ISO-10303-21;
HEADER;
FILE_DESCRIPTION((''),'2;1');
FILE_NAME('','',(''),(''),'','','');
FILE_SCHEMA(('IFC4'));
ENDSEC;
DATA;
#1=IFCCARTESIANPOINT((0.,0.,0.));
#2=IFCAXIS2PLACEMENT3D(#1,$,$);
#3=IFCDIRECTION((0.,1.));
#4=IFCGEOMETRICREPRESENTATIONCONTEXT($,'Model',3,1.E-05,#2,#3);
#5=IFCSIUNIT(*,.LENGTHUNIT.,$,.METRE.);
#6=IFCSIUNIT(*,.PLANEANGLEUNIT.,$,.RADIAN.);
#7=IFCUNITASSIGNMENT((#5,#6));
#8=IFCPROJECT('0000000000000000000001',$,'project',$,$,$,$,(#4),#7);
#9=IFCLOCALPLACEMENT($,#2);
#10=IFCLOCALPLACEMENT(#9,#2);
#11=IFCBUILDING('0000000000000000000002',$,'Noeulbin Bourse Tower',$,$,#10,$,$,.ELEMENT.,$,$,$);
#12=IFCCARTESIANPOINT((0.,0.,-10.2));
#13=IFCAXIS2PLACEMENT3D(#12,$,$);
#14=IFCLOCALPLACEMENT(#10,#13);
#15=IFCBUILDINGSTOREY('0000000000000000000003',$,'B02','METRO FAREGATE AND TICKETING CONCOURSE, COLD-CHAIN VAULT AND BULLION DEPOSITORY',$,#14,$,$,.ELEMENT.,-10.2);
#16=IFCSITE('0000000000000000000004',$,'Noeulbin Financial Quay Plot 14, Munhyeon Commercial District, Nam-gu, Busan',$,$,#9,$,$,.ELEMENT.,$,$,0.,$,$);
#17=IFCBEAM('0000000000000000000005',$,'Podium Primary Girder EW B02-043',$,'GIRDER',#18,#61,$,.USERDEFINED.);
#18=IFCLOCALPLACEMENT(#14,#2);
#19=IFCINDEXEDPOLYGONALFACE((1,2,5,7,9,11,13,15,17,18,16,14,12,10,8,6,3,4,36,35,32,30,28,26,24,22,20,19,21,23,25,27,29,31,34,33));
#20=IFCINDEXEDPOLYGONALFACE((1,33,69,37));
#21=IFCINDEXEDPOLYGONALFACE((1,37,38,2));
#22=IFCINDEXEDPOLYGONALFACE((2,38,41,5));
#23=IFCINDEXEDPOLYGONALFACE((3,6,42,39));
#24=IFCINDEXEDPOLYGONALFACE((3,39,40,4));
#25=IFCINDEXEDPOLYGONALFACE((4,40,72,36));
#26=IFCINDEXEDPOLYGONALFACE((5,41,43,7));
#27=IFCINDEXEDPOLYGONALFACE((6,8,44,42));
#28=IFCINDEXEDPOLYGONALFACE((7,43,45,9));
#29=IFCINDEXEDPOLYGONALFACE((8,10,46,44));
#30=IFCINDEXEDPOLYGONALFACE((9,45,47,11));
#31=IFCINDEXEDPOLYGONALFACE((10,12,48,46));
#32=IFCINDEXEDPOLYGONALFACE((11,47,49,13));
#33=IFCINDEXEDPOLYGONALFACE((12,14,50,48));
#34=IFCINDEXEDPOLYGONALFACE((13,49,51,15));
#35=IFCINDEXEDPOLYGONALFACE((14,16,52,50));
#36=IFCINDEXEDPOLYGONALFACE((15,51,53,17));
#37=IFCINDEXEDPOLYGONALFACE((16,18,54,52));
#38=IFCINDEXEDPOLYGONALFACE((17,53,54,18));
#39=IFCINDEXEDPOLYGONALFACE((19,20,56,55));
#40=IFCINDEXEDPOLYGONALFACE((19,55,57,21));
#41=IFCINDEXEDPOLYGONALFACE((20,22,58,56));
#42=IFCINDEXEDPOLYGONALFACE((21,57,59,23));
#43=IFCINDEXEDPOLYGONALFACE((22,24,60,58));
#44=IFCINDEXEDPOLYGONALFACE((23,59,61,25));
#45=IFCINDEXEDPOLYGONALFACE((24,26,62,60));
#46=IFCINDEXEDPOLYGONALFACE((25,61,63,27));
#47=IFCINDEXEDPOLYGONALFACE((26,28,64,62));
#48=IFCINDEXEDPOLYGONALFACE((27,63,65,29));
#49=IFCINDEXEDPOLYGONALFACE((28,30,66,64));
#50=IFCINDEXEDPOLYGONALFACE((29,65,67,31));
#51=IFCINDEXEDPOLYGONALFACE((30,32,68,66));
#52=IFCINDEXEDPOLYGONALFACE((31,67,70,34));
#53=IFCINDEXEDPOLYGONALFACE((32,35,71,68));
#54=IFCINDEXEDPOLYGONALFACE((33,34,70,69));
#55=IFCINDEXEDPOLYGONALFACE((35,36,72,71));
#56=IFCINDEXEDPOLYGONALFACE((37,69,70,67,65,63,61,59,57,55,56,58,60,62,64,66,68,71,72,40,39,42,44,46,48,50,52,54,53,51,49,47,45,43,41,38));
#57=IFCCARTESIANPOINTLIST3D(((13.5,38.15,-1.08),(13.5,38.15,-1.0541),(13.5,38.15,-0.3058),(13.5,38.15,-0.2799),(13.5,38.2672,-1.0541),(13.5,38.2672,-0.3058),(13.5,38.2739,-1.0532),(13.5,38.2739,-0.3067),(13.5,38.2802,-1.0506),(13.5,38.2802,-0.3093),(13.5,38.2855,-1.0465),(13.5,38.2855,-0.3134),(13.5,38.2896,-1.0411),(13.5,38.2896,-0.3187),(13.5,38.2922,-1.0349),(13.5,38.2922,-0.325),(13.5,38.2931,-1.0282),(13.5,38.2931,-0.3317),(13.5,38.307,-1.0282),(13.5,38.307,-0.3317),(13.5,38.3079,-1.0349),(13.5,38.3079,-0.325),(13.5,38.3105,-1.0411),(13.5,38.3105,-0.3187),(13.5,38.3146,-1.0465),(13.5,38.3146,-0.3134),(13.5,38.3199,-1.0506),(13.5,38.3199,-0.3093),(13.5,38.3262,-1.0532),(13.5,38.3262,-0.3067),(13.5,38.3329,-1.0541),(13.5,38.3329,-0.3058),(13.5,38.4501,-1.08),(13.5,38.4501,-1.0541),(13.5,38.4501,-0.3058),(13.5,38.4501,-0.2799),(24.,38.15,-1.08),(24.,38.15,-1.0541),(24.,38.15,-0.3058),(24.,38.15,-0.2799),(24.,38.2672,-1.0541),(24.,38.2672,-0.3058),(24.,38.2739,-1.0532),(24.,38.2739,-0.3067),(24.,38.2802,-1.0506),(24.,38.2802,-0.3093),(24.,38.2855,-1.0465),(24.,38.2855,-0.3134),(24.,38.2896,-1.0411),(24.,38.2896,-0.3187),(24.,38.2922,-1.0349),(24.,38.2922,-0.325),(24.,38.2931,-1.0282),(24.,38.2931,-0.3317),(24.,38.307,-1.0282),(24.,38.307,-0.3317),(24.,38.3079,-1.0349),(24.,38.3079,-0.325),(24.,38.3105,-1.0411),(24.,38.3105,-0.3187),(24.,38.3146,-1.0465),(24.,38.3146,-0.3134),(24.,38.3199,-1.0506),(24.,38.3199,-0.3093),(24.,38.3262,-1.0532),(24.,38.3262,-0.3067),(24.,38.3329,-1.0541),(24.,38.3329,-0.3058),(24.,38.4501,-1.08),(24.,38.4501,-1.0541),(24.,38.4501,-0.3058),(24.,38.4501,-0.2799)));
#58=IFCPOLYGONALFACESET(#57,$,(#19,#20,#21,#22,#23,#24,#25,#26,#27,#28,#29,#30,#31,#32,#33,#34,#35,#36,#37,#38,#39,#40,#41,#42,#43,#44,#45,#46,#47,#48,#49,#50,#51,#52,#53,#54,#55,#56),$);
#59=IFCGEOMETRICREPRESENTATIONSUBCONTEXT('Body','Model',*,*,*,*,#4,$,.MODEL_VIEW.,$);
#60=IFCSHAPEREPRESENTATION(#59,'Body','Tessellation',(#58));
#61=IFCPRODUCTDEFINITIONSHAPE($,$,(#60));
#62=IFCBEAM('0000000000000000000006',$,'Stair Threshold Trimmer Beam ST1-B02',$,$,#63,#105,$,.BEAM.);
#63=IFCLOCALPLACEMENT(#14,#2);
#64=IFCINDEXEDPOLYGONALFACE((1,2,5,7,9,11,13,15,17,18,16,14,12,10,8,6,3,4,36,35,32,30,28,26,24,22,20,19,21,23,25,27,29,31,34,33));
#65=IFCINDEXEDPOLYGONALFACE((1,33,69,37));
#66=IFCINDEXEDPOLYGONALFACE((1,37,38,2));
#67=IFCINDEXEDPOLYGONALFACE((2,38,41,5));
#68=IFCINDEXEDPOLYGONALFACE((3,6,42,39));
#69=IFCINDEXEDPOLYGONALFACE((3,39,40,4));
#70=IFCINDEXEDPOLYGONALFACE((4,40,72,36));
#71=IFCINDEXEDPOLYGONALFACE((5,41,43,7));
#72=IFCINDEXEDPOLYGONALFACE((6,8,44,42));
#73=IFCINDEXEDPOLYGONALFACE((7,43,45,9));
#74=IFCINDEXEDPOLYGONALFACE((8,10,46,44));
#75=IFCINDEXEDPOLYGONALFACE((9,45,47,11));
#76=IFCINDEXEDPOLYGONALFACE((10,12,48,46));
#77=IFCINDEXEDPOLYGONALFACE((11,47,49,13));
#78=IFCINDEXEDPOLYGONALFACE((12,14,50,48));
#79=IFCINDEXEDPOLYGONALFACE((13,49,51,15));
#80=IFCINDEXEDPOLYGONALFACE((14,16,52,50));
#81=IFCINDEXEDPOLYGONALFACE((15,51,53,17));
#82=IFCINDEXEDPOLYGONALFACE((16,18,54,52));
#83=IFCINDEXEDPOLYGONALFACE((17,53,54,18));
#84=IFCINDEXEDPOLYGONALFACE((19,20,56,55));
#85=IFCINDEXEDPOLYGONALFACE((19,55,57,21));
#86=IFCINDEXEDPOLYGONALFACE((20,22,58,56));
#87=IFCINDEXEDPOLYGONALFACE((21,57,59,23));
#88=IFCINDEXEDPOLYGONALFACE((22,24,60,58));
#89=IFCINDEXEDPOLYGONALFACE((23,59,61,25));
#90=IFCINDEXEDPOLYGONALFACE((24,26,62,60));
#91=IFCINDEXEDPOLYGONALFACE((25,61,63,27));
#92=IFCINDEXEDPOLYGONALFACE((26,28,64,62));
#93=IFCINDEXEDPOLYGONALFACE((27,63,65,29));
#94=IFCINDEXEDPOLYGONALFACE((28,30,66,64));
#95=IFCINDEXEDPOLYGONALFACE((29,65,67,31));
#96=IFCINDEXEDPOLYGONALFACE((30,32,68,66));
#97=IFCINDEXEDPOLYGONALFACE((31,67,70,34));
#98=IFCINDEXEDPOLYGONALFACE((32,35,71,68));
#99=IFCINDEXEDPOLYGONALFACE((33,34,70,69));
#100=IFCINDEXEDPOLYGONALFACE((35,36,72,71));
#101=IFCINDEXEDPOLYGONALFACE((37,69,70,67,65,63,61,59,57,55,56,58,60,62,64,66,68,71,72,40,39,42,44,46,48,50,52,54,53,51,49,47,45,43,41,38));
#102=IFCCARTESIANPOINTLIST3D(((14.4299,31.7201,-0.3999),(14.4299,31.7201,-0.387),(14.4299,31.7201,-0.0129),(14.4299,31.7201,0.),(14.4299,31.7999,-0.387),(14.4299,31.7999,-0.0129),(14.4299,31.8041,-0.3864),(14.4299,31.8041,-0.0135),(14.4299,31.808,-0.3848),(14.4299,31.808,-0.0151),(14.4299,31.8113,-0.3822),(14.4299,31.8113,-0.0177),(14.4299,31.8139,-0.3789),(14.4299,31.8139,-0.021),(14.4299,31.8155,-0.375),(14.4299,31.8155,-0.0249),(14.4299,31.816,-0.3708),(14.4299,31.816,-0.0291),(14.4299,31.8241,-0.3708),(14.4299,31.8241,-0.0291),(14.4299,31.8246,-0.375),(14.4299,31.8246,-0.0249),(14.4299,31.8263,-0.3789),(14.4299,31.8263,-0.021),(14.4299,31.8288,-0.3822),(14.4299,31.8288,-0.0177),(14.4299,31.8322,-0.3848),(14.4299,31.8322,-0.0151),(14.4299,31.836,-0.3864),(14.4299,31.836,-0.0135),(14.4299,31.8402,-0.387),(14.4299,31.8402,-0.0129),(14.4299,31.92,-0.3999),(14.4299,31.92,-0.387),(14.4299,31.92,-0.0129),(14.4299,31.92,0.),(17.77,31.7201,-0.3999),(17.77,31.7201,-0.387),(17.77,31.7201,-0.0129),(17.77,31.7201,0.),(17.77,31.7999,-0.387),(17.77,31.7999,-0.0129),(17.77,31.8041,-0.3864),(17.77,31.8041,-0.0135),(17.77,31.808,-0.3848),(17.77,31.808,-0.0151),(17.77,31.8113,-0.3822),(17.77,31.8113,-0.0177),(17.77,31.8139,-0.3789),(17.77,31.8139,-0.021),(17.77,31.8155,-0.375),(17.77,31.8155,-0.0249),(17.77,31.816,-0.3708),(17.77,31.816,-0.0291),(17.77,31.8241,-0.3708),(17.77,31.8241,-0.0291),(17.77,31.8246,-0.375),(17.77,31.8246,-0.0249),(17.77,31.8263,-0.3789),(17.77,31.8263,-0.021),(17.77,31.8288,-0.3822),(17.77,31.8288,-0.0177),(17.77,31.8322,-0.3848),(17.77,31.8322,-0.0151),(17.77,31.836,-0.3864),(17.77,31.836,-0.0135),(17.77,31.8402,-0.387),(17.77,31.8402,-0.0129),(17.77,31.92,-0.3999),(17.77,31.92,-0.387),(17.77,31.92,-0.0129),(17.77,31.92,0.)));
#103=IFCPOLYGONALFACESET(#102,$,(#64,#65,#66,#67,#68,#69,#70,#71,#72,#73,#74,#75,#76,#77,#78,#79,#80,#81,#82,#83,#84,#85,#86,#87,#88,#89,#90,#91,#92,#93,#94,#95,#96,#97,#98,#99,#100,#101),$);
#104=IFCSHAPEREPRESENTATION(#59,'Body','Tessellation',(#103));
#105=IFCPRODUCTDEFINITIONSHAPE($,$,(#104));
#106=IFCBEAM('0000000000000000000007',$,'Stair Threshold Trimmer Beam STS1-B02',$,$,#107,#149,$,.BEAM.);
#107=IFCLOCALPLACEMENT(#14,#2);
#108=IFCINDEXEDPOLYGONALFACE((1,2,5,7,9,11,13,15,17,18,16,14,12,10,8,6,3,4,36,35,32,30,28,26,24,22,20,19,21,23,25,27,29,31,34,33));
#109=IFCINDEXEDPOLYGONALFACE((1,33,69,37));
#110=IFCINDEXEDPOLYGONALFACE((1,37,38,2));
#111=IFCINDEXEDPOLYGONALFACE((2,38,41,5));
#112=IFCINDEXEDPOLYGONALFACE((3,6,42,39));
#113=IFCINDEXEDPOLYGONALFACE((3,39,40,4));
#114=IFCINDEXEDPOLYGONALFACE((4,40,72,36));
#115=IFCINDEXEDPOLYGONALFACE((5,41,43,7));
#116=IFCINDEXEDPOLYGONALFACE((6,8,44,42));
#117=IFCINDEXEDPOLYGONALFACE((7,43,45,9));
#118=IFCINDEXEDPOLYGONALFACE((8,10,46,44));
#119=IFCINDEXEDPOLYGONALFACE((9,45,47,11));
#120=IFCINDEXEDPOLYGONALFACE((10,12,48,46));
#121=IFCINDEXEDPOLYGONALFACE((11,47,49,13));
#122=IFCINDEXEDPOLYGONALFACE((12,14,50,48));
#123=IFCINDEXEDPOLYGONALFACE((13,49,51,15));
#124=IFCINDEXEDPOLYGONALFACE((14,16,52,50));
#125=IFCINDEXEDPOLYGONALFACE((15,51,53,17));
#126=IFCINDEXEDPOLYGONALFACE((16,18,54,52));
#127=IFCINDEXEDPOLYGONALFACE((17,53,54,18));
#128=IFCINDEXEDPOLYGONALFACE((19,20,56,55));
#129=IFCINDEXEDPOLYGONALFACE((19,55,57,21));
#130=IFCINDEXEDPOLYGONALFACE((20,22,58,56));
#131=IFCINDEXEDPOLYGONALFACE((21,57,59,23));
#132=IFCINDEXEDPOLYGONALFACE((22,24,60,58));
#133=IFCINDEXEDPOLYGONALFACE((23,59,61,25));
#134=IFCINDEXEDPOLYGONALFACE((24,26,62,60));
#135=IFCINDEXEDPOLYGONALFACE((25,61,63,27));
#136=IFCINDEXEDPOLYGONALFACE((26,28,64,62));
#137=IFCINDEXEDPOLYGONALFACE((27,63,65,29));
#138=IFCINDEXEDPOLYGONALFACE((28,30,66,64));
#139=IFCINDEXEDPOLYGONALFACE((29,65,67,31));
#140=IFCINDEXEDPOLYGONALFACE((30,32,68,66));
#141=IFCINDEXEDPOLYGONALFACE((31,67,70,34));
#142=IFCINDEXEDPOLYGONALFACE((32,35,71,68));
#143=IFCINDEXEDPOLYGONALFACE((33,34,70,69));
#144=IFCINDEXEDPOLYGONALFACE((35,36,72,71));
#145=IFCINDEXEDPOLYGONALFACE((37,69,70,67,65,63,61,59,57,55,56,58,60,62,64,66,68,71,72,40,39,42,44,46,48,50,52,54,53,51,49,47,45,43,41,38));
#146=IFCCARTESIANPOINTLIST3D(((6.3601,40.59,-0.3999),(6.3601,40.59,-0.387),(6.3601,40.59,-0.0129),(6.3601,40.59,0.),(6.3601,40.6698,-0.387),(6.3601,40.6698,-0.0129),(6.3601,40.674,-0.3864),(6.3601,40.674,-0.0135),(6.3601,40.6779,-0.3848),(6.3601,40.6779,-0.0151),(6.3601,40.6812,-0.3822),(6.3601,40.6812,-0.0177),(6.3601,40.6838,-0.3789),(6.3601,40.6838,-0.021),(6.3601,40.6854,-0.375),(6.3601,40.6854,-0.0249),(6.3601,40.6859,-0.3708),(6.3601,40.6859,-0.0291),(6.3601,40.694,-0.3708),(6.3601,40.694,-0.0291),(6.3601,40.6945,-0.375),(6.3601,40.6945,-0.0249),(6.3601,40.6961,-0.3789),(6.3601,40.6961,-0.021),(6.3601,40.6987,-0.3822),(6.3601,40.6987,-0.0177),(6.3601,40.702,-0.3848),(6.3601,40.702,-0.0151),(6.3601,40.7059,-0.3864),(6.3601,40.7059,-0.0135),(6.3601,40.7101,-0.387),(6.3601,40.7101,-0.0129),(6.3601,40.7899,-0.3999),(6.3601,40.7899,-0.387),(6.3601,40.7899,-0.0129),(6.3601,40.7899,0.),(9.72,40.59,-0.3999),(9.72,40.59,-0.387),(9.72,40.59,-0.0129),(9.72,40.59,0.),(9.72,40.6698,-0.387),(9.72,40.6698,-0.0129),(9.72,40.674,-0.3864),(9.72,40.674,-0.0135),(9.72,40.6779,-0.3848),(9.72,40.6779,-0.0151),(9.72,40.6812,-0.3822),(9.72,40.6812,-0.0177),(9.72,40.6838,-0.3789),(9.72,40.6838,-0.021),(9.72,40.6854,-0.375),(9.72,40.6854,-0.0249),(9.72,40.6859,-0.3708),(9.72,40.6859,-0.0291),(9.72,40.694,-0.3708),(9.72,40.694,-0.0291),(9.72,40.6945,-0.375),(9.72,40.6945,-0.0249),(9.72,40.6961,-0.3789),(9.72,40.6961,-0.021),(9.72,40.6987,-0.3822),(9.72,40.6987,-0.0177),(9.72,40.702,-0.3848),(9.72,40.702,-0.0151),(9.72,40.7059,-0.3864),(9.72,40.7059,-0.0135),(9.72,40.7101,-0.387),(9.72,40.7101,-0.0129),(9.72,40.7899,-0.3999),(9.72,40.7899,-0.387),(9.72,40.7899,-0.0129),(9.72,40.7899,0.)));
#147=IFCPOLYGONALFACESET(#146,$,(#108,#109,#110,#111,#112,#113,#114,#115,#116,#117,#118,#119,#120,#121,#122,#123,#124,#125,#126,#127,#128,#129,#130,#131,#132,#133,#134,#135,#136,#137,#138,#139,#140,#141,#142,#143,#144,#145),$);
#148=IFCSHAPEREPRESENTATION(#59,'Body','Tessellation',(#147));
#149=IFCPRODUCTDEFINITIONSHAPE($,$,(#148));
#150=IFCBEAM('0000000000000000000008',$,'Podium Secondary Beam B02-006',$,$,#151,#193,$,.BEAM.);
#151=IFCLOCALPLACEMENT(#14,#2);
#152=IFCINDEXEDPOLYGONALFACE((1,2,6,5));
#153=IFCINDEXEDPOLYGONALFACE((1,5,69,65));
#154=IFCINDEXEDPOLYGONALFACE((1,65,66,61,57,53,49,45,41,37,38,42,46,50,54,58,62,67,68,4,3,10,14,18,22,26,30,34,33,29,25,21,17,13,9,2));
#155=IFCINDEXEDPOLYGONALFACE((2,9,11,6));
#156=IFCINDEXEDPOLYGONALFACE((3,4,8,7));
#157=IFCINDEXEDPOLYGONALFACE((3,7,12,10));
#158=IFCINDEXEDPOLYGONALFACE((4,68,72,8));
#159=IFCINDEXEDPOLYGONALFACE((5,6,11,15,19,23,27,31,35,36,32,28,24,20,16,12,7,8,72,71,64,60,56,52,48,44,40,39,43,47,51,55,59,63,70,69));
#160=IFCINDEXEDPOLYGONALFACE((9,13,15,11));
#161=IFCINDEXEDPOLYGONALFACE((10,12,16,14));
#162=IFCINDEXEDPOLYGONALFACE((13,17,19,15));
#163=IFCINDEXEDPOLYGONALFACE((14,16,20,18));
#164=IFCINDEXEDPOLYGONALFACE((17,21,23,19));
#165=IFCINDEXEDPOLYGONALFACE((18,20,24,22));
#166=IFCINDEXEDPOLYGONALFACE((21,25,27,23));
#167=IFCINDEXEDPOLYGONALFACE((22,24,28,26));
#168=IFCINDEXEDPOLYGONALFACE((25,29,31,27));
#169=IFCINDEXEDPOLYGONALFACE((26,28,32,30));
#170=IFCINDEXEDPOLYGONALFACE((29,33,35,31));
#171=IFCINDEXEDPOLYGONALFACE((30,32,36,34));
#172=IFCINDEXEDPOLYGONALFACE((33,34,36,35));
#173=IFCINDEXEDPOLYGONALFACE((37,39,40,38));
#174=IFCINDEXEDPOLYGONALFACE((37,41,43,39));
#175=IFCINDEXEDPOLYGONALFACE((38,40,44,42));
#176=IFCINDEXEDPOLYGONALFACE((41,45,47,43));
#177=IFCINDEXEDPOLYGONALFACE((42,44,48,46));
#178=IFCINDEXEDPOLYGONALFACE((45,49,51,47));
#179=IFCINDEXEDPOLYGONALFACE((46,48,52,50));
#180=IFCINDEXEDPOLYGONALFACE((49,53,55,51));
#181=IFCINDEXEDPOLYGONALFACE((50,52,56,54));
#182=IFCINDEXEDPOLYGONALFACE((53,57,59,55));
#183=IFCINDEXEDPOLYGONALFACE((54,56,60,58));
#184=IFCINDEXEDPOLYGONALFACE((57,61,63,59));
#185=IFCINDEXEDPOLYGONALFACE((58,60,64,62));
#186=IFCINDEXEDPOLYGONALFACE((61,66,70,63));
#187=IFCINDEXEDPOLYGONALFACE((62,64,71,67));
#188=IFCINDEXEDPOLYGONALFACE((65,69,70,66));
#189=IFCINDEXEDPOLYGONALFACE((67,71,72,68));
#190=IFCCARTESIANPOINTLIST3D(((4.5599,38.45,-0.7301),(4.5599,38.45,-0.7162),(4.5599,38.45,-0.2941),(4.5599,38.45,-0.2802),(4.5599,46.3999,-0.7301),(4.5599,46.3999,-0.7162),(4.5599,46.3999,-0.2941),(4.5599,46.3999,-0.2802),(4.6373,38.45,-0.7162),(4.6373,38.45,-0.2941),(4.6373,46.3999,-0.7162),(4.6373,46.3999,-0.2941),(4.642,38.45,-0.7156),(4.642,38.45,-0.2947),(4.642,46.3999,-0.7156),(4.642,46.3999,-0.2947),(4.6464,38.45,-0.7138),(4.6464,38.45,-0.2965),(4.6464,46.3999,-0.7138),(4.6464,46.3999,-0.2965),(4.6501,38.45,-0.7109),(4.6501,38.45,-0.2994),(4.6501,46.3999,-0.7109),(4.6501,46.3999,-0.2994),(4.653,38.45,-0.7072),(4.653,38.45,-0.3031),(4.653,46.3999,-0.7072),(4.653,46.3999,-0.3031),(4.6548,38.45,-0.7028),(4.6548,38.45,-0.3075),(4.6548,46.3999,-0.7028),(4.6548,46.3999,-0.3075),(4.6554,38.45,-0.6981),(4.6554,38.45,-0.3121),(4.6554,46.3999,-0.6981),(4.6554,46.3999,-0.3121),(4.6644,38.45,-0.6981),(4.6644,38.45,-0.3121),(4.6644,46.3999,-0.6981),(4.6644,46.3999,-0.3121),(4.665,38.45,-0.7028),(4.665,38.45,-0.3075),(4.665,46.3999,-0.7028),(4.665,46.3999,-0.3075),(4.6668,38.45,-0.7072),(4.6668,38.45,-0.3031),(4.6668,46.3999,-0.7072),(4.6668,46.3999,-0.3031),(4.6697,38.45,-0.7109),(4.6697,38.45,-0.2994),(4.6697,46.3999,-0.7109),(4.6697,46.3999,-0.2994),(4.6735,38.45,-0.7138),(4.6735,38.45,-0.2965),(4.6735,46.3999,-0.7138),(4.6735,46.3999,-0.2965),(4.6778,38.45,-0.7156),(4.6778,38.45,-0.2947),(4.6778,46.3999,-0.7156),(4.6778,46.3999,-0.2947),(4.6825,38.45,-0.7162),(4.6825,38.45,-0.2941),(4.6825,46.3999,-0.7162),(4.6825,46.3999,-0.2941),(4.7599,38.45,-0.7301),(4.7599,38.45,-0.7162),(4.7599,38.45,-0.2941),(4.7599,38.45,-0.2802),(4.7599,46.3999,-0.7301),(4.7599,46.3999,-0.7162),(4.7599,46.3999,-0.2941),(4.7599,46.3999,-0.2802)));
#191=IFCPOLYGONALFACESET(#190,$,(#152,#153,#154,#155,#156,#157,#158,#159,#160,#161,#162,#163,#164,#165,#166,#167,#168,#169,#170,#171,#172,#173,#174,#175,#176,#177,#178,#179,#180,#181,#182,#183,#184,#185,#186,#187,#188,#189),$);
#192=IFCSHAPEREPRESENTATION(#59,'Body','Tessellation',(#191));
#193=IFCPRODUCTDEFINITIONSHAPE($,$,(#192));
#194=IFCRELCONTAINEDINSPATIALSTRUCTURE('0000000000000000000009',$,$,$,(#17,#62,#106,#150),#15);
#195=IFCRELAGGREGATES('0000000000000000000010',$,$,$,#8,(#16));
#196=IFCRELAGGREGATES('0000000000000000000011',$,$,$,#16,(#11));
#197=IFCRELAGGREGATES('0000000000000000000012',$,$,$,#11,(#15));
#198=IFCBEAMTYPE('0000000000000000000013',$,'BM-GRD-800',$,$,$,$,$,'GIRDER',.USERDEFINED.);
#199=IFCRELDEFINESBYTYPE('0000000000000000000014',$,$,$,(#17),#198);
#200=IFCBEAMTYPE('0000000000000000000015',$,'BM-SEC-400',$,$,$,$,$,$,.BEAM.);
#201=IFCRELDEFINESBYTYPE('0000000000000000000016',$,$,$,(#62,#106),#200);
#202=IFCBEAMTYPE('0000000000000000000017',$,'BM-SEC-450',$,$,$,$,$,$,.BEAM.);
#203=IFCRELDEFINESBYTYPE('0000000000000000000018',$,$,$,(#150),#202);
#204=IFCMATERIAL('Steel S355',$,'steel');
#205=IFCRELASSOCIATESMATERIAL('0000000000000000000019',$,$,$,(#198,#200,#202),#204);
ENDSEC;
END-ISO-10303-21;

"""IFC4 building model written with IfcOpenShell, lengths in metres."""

from ifc_helpers import new_model, si_unit, direction, frame, origin, origin_2d, place, context, subcontext, project, spatial, i_section, extrude, material, material_profile, profile_set, type_object, element, save


model = new_model("IFC4")

# Units and contexts
model_context = context("Model", 3, precision=1e-05, world=origin(), true_north=direction((0.0, 1.0)))
body_context = subcontext(model_context, "Body", "Model", "MODEL_VIEW")
ifc_project = project(units=[si_unit("LENGTHUNIT", "METRE"), si_unit("PLANEANGLEUNIT", "RADIAN")], contexts=[model_context])

# Site, building, storey
site_placement = place(None, origin())
site = spatial("IfcSite", under=ifc_project, at=site_placement, Name="Noeulbin Financial Quay Plot 14, Munhyeon Commercial District, Nam-gu, Busan", CompositionType="ELEMENT", RefElevation=0.0)
building_placement = place(site_placement, origin())
building = spatial("IfcBuilding", under=site, at=building_placement, Name="Noeulbin Bourse Tower", CompositionType="ELEMENT")
storey_placement = place(building_placement, frame((0.0, 0.0, -10.2)))
storey = spatial("IfcBuildingStorey", under=building, at=storey_placement, Name="B02", Description="METRO FAREGATE AND TICKETING CONCOURSE, COLD-CHAIN VAULT AND BULLION DEPOSITORY", CompositionType="ELEMENT", Elevation=-10.2)

# Beams
ifc_material_1 = material(Name="Steel S355", Category="steel")
ifc_material_profile_1 = material_profile(ifc_material_1, i_section(OverallWidth=0.3, OverallDepth=0.8, WebThickness=0.0139, FlangeThickness=0.0259, FilletRadius=0.0259, at=origin_2d()), Name="H-800x300x14x26", Category="LoadBearing")
ifc_profile_set_1 = profile_set([ifc_material_profile_1], Name="Steel S355")
beam_type_1 = type_object("IfcBeamType", Name="BM-GRD-800", ElementType="GIRDER", PredefinedType="USERDEFINED", material=ifc_profile_set_1)
beam_1_placement = place(storey_placement, frame((13.5, 38.3, -0.6799), z_axis=(1.0, 0.0, 0.0), x_axis=(0.0, 1.0, 0.0)))
element("IfcBeam", 1, at=beam_1_placement, inside=storey, type_object=beam_type_1, Name="Podium Primary Girder EW B02-043", ObjectType="GIRDER", PredefinedType="USERDEFINED", context=body_context, shape_type="SweptSolid", body=[
    extrude(i_section(OverallWidth=0.3, OverallDepth=0.8, WebThickness=0.0139, FlangeThickness=0.0259, FilletRadius=0.0259, at=origin_2d()), origin(), (0.0, 0.0, 1.0), 10.5),
])
ifc_material_profile_2 = material_profile(ifc_material_1, i_section(OverallWidth=0.2, OverallDepth=0.3999, WebThickness=0.0081, FlangeThickness=0.0129, FilletRadius=0.0161, at=origin_2d()), Name="H-400x200x8x13", Category="LoadBearing")
ifc_profile_set_2 = profile_set([ifc_material_profile_2], Name="Steel S355")
beam_type_2 = type_object("IfcBeamType", Name="BM-SEC-400", PredefinedType="BEAM", material=ifc_profile_set_2)
beam_2_placement = place(storey_placement, frame((14.4299, 31.8201, -0.2), z_axis=(1.0, 0.0, 0.0), x_axis=(0.0, 1.0, 0.0)))
element("IfcBeam", 2, at=beam_2_placement, inside=storey, type_object=beam_type_2, Name="Stair Threshold Trimmer Beam ST1-B02", PredefinedType="BEAM", context=body_context, shape_type="SweptSolid", body=[
    extrude(i_section(OverallWidth=0.2, OverallDepth=0.3999, WebThickness=0.0081, FlangeThickness=0.0129, FilletRadius=0.0161, at=origin_2d()), origin(), (0.0, 0.0, 1.0), 3.3401),
])
beam_3_placement = place(storey_placement, frame((6.3601, 40.6899, -0.2), z_axis=(1.0, 0.0, 0.0), x_axis=(0.0, 1.0, 0.0)))
element("IfcBeam", 3, at=beam_3_placement, inside=storey, type_object=beam_type_2, Name="Stair Threshold Trimmer Beam STS1-B02", PredefinedType="BEAM", context=body_context, shape_type="SweptSolid", body=[
    extrude(i_section(OverallWidth=0.2, OverallDepth=0.3999, WebThickness=0.0081, FlangeThickness=0.0129, FilletRadius=0.0161, at=origin_2d()), origin(), (0.0, 0.0, 1.0), 3.3599),
])
ifc_material_profile_3 = material_profile(ifc_material_1, i_section(OverallWidth=0.2, OverallDepth=0.45, WebThickness=0.009, FlangeThickness=0.0139, FilletRadius=0.0181, at=origin_2d()), Name="H-450x200x9x14", Category="LoadBearing")
ifc_profile_set_3 = profile_set([ifc_material_profile_3], Name="Steel S355")
beam_type_3 = type_object("IfcBeamType", Name="BM-SEC-450", PredefinedType="BEAM", material=ifc_profile_set_3)
beam_4_placement = place(storey_placement, frame((4.6599, 38.45, -0.5051), z_axis=(0.0, 1.0, 0.0), x_axis=(-1.0, 0.0, 0.0)))
element("IfcBeam", 4, at=beam_4_placement, inside=storey, type_object=beam_type_3, Name="Podium Secondary Beam B02-006", PredefinedType="BEAM", context=body_context, shape_type="SweptSolid", body=[
    extrude(i_section(OverallWidth=0.2, OverallDepth=0.45, WebThickness=0.009, FlangeThickness=0.0139, FilletRadius=0.0181, at=origin_2d()), origin(), (0.0, 0.0, 1.0), 7.95),
])

save(model, "model.ifc")
